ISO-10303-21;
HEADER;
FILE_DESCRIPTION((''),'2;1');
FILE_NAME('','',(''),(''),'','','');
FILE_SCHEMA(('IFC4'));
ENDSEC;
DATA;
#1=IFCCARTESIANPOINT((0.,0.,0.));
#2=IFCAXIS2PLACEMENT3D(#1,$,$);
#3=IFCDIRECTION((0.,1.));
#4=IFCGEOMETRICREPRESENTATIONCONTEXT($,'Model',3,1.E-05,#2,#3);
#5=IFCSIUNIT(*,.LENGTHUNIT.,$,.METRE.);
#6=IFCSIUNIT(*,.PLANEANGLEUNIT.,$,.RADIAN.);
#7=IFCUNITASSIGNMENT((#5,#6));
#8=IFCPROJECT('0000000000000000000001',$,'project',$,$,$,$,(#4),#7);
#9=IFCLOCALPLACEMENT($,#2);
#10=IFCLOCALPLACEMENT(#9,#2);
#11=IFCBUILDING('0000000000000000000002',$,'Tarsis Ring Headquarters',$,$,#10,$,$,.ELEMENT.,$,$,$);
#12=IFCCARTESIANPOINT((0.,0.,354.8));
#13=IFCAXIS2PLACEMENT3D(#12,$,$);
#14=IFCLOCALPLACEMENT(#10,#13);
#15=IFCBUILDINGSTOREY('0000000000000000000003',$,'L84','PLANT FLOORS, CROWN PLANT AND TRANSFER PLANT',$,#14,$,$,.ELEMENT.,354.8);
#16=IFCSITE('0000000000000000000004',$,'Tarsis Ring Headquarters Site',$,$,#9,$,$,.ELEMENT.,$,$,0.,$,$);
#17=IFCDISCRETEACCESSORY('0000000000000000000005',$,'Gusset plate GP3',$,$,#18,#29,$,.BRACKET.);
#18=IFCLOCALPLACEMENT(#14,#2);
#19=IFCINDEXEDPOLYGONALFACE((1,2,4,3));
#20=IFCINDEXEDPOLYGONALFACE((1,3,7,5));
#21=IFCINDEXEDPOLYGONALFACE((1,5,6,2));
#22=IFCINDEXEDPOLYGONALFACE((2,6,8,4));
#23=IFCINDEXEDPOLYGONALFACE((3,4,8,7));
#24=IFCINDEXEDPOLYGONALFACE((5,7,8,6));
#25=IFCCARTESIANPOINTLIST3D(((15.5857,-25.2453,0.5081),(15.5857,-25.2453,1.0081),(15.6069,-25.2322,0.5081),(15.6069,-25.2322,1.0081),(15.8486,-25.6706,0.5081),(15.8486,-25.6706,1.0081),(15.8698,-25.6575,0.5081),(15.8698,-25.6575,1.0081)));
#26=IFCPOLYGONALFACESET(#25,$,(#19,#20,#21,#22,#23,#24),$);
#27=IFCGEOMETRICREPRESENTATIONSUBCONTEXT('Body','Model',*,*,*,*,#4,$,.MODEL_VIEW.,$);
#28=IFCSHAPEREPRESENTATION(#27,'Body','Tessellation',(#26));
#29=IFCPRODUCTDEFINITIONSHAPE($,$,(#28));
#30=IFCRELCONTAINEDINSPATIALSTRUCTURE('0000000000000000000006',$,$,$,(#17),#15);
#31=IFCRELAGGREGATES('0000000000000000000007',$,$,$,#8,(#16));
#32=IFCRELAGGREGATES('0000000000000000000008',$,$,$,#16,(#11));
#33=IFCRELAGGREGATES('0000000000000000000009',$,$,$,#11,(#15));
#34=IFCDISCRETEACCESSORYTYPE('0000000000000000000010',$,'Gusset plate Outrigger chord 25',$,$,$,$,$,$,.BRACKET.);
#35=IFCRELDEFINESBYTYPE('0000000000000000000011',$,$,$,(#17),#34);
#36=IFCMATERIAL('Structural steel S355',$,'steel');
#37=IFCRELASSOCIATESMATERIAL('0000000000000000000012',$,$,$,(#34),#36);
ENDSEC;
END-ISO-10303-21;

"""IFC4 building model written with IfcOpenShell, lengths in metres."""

from ifc_helpers import new_model, si_unit, direction, frame, origin, origin_2d, place, context, subcontext, project, spatial, rectangle, extrude, material, material_profile, profile_set, type_object, element, save


model = new_model("IFC4")

# Units and contexts
model_context = context("Model", 3, precision=1e-05, world=origin(), true_north=direction((0.0, 1.0)))
body_context = subcontext(model_context, "Body", "Model", "MODEL_VIEW")
ifc_project = project(units=[si_unit("LENGTHUNIT", "METRE"), si_unit("PLANEANGLEUNIT", "RADIAN")], contexts=[model_context])

# Site, building, storey
site_placement = place(None, origin())
site = spatial("IfcSite", under=ifc_project, at=site_placement, Name="Tarsis Ring Headquarters Site", CompositionType="ELEMENT", RefElevation=0.0)
building_placement = place(site_placement, origin())
building = spatial("IfcBuilding", under=site, at=building_placement, Name="Tarsis Ring Headquarters", CompositionType="ELEMENT")
storey_placement = place(building_placement, frame((0.0, 0.0, 354.8)))
storey = spatial("IfcBuildingStorey", under=building, at=storey_placement, Name="L84", Description="PLANT FLOORS, CROWN PLANT AND TRANSFER PLANT", CompositionType="ELEMENT", Elevation=354.8)

# Shared definitions
ifc_material_1 = material(Name="Structural steel S355", Category="steel")

# Discrete accessory
ifc_material_profile_1 = material_profile(ifc_material_1, rectangle(XDim=0.0249, YDim=0.5, at=origin_2d()), Name="PL 25x500")
ifc_profile_set_1 = profile_set([ifc_material_profile_1], Name="Structural steel S355")
discrete_accessory_type_1 = type_object("IfcDiscreteAccessoryType", Name="Gusset plate Outrigger chord 25", PredefinedType="BRACKET", material=ifc_profile_set_1)
discrete_accessory_placement = place(storey_placement, frame((15.7278, -25.4514, 0.5081), z_axis=(0.0, 0.0, 1.0), x_axis=(-0.850591, -0.525828, 0.0)))
element("IfcDiscreteAccessory", 1, at=discrete_accessory_placement, inside=storey, type_object=discrete_accessory_type_1, Name="Gusset plate GP3", PredefinedType="BRACKET", context=body_context, shape_type="SweptSolid", body=[
    extrude(rectangle(XDim=0.0249, YDim=0.5, at=origin_2d()), origin(), (0.0, 0.0, 1.0), 0.5),
])

save(model, "model.ifc")
